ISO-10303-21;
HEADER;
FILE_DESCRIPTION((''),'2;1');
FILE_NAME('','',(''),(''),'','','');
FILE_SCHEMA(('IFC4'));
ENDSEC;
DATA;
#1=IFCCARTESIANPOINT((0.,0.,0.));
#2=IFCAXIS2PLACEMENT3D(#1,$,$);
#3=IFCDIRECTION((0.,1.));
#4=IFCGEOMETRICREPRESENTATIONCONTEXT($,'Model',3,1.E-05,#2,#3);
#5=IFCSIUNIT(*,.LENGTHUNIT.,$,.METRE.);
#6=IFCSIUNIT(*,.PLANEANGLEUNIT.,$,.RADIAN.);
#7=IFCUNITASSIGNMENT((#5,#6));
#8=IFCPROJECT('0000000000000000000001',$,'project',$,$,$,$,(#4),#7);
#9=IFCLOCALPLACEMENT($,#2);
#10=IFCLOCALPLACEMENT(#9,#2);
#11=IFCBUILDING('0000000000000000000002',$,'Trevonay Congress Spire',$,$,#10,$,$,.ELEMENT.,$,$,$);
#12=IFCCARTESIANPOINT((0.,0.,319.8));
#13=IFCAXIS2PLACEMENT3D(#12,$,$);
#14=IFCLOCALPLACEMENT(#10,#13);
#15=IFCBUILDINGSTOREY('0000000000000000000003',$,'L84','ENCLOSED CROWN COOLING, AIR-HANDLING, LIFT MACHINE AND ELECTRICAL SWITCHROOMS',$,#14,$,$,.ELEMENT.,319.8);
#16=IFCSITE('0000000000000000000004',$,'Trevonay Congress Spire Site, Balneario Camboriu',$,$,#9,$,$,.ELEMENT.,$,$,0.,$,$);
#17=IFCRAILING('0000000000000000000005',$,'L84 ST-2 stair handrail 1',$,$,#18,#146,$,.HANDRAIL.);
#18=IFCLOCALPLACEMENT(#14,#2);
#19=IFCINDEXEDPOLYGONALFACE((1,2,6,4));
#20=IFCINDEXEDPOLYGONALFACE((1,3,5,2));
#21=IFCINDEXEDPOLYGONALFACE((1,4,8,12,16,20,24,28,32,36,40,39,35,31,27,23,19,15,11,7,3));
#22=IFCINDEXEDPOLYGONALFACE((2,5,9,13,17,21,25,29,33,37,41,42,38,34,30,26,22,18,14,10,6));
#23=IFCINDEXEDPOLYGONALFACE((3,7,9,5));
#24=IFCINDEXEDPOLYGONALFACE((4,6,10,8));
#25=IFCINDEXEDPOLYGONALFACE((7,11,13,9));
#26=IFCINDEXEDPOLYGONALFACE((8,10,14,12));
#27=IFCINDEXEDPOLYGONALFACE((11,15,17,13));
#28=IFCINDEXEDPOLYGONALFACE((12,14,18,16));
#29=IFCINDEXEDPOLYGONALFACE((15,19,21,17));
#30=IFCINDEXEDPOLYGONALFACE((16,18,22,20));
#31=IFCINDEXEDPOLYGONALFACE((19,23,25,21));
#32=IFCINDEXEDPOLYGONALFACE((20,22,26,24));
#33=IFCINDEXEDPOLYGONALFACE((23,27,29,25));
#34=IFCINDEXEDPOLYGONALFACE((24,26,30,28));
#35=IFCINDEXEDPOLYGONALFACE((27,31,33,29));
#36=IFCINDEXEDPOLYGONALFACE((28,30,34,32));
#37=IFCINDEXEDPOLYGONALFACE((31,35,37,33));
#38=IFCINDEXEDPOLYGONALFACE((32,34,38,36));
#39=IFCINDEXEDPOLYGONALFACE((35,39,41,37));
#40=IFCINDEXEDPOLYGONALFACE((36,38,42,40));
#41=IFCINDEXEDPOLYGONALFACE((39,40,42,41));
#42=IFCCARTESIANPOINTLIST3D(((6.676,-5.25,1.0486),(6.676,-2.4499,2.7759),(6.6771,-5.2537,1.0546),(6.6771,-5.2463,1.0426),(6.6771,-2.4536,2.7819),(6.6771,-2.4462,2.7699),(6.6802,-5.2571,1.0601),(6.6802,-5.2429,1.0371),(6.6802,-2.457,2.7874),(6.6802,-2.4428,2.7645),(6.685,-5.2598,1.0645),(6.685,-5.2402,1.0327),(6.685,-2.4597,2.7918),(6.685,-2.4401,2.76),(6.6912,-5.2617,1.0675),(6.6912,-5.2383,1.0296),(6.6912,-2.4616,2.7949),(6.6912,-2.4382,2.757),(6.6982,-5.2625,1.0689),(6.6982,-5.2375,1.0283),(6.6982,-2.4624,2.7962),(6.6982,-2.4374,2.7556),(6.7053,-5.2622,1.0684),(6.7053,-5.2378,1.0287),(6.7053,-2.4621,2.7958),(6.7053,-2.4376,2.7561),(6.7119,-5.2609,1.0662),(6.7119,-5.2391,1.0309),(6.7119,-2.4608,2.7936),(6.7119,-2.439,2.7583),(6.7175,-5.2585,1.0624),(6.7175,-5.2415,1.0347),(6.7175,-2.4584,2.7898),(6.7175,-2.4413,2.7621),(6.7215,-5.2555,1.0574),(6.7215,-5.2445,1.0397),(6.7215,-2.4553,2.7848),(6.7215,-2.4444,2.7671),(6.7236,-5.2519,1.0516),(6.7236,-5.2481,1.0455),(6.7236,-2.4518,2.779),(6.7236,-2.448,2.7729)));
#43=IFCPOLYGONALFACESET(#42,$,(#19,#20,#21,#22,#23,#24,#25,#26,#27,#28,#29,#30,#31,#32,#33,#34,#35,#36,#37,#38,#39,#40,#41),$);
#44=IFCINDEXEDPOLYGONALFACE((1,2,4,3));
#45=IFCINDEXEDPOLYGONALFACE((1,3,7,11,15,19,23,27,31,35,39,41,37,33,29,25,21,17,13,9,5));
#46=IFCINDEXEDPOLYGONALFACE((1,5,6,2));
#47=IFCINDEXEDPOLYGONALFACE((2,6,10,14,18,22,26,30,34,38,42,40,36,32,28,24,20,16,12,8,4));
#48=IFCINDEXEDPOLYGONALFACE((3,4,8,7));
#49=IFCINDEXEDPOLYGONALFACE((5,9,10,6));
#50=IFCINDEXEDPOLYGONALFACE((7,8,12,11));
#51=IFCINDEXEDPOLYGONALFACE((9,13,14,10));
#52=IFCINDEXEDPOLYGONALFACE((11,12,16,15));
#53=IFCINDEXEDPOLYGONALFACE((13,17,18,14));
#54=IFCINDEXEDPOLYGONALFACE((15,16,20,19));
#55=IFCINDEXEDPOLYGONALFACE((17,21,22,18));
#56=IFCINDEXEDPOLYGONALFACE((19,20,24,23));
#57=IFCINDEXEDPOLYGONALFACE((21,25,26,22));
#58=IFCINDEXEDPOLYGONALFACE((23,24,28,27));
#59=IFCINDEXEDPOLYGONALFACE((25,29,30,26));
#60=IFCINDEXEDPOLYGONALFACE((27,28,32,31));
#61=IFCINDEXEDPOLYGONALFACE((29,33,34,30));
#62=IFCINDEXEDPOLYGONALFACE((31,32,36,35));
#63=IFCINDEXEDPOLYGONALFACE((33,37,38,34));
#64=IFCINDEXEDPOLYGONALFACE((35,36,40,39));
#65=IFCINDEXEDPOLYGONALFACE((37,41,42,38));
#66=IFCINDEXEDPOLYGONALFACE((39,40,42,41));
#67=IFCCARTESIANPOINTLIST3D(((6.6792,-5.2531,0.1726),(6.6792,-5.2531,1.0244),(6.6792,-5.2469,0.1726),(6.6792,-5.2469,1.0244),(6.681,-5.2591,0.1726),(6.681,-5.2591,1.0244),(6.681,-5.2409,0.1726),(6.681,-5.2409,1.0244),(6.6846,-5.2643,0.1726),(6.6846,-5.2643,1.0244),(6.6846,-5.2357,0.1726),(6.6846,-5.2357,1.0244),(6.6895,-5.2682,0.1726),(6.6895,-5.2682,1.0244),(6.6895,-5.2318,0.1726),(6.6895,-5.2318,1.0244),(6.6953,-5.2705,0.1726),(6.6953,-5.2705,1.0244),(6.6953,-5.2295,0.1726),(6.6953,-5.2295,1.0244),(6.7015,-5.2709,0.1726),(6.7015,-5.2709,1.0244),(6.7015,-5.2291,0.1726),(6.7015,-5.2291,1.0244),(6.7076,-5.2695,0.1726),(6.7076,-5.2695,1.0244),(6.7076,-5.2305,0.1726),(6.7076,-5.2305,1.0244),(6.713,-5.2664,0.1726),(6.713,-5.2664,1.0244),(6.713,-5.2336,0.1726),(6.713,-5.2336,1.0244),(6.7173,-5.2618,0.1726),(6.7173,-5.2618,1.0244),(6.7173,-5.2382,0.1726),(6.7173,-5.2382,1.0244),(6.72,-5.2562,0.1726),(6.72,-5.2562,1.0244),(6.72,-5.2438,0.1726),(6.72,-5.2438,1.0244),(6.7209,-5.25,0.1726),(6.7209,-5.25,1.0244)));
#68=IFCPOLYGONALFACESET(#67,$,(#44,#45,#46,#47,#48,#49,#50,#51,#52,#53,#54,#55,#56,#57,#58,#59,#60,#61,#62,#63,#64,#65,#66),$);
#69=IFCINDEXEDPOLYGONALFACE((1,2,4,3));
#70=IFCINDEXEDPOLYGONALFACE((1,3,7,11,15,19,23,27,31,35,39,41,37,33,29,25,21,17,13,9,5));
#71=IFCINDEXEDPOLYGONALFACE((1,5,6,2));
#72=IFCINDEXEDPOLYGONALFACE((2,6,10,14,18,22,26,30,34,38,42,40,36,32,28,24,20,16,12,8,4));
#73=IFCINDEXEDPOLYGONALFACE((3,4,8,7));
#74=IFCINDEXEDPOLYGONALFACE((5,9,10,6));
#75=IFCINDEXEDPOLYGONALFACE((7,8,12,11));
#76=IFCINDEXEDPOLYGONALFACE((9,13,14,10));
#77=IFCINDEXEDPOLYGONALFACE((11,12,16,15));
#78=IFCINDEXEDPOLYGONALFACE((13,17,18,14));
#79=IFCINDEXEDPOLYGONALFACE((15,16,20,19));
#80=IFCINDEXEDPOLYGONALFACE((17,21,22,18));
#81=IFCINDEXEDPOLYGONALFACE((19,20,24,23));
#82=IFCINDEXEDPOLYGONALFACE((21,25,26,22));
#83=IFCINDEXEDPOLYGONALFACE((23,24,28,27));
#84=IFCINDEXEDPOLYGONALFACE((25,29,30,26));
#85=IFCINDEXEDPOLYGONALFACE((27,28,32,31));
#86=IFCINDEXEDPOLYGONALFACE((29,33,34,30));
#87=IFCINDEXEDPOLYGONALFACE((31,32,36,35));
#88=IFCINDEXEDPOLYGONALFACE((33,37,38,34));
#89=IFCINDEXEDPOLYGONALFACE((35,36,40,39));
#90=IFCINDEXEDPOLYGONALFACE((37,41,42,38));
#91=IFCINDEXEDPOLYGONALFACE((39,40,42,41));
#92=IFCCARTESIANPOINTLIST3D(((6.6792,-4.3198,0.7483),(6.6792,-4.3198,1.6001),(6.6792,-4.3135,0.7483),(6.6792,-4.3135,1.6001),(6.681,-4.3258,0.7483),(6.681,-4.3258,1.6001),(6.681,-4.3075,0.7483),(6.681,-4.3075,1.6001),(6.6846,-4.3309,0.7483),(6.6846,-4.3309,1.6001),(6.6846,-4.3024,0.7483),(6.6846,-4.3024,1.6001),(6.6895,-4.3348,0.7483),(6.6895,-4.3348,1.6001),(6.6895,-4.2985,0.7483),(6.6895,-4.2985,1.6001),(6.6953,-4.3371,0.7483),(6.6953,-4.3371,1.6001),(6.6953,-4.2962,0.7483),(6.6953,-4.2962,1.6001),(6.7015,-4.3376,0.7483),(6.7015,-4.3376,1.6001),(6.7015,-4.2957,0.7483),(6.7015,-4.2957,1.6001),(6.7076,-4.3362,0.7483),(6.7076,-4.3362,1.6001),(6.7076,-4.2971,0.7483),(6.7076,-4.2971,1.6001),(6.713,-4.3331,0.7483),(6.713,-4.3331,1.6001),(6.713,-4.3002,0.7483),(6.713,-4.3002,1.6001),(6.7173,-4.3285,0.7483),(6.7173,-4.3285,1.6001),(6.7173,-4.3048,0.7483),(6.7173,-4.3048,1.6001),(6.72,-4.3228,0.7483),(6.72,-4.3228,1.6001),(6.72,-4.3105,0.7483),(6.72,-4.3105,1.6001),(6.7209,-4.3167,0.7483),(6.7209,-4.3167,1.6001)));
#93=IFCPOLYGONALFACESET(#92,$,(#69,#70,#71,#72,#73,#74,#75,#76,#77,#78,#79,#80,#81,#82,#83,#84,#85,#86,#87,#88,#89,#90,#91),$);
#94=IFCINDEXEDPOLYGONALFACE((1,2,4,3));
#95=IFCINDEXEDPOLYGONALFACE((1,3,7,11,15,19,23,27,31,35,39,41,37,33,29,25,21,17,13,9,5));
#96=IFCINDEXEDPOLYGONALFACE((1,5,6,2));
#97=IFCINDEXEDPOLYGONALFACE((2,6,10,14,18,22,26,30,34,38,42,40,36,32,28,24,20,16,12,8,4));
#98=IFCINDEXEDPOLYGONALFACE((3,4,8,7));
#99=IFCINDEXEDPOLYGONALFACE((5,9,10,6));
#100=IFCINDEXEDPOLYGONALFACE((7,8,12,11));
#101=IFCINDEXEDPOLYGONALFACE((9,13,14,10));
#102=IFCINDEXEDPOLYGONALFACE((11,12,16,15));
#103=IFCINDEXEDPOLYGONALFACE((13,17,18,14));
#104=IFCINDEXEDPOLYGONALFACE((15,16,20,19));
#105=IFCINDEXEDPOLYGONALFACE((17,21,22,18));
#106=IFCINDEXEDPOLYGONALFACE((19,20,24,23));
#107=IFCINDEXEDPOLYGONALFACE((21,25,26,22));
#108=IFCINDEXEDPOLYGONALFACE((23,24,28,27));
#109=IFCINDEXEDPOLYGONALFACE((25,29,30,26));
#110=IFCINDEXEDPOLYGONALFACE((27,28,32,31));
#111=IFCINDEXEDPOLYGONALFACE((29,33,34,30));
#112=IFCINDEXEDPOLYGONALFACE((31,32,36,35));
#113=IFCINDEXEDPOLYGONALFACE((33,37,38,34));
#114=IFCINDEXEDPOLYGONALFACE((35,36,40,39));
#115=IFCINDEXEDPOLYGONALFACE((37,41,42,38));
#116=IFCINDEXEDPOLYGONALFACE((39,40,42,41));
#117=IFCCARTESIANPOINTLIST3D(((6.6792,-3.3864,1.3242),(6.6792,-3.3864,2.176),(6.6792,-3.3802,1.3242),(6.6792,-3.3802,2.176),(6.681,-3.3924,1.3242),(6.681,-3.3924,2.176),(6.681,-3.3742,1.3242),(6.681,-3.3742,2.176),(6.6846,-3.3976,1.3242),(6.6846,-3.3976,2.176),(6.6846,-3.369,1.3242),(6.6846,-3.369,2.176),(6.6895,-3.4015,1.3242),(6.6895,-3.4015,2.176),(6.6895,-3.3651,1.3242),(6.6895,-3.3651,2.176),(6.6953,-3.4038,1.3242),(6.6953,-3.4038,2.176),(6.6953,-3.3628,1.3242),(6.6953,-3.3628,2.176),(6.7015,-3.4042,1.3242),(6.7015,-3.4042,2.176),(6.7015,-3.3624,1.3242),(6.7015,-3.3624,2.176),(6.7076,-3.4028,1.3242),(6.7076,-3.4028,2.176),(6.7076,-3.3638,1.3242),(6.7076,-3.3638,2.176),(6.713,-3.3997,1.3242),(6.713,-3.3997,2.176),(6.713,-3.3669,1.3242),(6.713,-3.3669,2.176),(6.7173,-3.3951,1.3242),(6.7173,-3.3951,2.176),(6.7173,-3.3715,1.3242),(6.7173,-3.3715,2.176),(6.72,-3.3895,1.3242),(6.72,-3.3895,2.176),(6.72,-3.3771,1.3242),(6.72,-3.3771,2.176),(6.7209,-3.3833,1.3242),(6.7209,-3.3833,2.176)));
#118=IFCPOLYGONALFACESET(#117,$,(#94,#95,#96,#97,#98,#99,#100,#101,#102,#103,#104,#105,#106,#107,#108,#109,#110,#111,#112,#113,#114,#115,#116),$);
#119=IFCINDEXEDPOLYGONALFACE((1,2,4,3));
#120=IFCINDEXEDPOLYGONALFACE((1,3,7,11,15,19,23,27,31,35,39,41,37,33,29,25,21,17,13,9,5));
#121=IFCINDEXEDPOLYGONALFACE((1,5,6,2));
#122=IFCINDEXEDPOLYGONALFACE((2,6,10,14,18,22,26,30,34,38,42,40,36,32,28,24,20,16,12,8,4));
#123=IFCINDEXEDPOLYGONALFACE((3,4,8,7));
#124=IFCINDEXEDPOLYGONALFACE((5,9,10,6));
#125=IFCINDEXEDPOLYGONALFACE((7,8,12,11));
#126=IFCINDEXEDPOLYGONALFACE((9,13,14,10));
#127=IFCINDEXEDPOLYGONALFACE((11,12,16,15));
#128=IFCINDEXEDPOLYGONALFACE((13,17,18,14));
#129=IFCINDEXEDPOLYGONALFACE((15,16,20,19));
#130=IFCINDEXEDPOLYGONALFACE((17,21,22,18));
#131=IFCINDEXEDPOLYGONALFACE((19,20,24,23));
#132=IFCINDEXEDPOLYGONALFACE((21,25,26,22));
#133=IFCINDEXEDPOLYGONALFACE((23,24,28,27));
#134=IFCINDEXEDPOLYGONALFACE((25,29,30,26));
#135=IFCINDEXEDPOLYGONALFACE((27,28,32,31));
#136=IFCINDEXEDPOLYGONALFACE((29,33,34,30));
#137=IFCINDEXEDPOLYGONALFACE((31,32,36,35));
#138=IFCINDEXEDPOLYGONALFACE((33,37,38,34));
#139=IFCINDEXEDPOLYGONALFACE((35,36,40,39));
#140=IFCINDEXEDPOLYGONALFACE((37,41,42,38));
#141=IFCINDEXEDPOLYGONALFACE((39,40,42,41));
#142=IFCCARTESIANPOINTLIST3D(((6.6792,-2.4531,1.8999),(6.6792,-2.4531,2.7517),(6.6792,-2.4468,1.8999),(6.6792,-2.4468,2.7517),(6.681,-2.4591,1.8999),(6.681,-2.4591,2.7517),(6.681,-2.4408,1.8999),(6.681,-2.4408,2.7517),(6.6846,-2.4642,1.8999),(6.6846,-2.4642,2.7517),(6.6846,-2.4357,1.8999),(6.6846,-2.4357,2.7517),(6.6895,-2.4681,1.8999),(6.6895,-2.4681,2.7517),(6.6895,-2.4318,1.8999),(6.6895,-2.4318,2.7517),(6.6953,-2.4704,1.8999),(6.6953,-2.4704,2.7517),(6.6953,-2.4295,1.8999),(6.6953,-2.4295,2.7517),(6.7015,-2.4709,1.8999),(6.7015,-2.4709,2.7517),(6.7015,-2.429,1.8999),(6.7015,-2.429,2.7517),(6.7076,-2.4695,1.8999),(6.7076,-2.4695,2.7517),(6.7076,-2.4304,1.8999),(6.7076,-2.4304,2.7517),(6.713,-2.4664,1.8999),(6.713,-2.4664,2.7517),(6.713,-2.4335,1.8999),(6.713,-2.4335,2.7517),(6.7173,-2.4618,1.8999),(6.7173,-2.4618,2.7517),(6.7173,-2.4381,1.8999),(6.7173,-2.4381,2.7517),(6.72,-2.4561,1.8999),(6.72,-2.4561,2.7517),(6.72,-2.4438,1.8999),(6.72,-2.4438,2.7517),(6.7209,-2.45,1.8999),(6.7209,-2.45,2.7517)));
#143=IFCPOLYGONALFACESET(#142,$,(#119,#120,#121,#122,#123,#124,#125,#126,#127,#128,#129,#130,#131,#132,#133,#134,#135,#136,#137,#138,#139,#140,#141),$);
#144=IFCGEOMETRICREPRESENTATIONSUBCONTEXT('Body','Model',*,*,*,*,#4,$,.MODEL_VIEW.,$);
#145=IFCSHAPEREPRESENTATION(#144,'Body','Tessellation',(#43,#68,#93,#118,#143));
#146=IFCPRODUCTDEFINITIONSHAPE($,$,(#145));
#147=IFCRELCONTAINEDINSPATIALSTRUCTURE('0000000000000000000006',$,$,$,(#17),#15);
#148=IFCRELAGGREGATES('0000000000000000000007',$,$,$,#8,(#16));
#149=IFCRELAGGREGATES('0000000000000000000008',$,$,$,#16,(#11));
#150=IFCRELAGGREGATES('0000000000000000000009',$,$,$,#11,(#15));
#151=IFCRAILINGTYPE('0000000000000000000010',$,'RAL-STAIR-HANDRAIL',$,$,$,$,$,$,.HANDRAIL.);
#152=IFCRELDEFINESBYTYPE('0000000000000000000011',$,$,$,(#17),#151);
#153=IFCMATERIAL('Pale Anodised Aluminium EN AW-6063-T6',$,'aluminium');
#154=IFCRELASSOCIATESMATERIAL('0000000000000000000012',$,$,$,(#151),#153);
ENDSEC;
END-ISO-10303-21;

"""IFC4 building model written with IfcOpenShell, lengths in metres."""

from ifc_helpers import new_model, si_unit, direction, frame, origin, origin_2d, place, context, subcontext, project, spatial, circle, extrude, material, type_object, element, save


model = new_model("IFC4")

# Units and contexts
model_context = context("Model", 3, precision=1e-05, world=origin(), true_north=direction((0.0, 1.0)))
body_context = subcontext(model_context, "Body", "Model", "MODEL_VIEW")
ifc_project = project(units=[si_unit("LENGTHUNIT", "METRE"), si_unit("PLANEANGLEUNIT", "RADIAN")], contexts=[model_context])

# Site, building, storey
site_placement = place(None, origin())
site = spatial("IfcSite", under=ifc_project, at=site_placement, Name="Trevonay Congress Spire Site, Balneario Camboriu", CompositionType="ELEMENT", RefElevation=0.0)
building_placement = place(site_placement, origin())
building = spatial("IfcBuilding", under=site, at=building_placement, Name="Trevonay Congress Spire", CompositionType="ELEMENT")
storey_placement = place(building_placement, frame((0.0, 0.0, 319.8)))
storey = spatial("IfcBuildingStorey", under=building, at=storey_placement, Name="L84", Description="ENCLOSED CROWN COOLING, AIR-HANDLING, LIFT MACHINE AND ELECTRICAL SWITCHROOMS", CompositionType="ELEMENT", Elevation=319.8)

# Shared definitions
ifc_material_1 = material(Name="Pale Anodised Aluminium EN AW-6063-T6", Category="aluminium")

# Railing
railing_type_1 = type_object("IfcRailingType", Name="RAL-STAIR-HANDRAIL", PredefinedType="HANDRAIL", material=ifc_material_1)
railing_1_placement = place(storey_placement, frame((6.7, -5.25, 0.1726)))
element("IfcRailing", 1, at=railing_1_placement, inside=storey, type_object=railing_type_1, Name="L84 ST-2 stair handrail 1", PredefinedType="HANDRAIL", context=body_context, shape_type="SweptSolid", body=[
    extrude(circle(Radius=0.0239, at=origin_2d()), frame((0.0, 0.0, 0.876), z_axis=(0.0, 0.85109, 0.52502), x_axis=(-1.0, 0.0, 0.0)), (0.0, 0.0, 1.0), 3.29),
    extrude(circle(Radius=0.021, at=origin_2d()), origin(), (0.0, 0.0, 1.0), 0.8518),
    extrude(circle(Radius=0.021, at=origin_2d()), frame((0.0, 0.9333, 0.5757)), (0.0, 0.0, 1.0), 0.8518),
    extrude(circle(Radius=0.021, at=origin_2d()), frame((0.0, 1.8667, 1.1516)), (0.0, 0.0, 1.0), 0.8518),
    extrude(circle(Radius=0.021, at=origin_2d()), frame((0.0, 2.8, 1.7273)), (0.0, 0.0, 1.0), 0.8518),
])

save(model, "model.ifc")
